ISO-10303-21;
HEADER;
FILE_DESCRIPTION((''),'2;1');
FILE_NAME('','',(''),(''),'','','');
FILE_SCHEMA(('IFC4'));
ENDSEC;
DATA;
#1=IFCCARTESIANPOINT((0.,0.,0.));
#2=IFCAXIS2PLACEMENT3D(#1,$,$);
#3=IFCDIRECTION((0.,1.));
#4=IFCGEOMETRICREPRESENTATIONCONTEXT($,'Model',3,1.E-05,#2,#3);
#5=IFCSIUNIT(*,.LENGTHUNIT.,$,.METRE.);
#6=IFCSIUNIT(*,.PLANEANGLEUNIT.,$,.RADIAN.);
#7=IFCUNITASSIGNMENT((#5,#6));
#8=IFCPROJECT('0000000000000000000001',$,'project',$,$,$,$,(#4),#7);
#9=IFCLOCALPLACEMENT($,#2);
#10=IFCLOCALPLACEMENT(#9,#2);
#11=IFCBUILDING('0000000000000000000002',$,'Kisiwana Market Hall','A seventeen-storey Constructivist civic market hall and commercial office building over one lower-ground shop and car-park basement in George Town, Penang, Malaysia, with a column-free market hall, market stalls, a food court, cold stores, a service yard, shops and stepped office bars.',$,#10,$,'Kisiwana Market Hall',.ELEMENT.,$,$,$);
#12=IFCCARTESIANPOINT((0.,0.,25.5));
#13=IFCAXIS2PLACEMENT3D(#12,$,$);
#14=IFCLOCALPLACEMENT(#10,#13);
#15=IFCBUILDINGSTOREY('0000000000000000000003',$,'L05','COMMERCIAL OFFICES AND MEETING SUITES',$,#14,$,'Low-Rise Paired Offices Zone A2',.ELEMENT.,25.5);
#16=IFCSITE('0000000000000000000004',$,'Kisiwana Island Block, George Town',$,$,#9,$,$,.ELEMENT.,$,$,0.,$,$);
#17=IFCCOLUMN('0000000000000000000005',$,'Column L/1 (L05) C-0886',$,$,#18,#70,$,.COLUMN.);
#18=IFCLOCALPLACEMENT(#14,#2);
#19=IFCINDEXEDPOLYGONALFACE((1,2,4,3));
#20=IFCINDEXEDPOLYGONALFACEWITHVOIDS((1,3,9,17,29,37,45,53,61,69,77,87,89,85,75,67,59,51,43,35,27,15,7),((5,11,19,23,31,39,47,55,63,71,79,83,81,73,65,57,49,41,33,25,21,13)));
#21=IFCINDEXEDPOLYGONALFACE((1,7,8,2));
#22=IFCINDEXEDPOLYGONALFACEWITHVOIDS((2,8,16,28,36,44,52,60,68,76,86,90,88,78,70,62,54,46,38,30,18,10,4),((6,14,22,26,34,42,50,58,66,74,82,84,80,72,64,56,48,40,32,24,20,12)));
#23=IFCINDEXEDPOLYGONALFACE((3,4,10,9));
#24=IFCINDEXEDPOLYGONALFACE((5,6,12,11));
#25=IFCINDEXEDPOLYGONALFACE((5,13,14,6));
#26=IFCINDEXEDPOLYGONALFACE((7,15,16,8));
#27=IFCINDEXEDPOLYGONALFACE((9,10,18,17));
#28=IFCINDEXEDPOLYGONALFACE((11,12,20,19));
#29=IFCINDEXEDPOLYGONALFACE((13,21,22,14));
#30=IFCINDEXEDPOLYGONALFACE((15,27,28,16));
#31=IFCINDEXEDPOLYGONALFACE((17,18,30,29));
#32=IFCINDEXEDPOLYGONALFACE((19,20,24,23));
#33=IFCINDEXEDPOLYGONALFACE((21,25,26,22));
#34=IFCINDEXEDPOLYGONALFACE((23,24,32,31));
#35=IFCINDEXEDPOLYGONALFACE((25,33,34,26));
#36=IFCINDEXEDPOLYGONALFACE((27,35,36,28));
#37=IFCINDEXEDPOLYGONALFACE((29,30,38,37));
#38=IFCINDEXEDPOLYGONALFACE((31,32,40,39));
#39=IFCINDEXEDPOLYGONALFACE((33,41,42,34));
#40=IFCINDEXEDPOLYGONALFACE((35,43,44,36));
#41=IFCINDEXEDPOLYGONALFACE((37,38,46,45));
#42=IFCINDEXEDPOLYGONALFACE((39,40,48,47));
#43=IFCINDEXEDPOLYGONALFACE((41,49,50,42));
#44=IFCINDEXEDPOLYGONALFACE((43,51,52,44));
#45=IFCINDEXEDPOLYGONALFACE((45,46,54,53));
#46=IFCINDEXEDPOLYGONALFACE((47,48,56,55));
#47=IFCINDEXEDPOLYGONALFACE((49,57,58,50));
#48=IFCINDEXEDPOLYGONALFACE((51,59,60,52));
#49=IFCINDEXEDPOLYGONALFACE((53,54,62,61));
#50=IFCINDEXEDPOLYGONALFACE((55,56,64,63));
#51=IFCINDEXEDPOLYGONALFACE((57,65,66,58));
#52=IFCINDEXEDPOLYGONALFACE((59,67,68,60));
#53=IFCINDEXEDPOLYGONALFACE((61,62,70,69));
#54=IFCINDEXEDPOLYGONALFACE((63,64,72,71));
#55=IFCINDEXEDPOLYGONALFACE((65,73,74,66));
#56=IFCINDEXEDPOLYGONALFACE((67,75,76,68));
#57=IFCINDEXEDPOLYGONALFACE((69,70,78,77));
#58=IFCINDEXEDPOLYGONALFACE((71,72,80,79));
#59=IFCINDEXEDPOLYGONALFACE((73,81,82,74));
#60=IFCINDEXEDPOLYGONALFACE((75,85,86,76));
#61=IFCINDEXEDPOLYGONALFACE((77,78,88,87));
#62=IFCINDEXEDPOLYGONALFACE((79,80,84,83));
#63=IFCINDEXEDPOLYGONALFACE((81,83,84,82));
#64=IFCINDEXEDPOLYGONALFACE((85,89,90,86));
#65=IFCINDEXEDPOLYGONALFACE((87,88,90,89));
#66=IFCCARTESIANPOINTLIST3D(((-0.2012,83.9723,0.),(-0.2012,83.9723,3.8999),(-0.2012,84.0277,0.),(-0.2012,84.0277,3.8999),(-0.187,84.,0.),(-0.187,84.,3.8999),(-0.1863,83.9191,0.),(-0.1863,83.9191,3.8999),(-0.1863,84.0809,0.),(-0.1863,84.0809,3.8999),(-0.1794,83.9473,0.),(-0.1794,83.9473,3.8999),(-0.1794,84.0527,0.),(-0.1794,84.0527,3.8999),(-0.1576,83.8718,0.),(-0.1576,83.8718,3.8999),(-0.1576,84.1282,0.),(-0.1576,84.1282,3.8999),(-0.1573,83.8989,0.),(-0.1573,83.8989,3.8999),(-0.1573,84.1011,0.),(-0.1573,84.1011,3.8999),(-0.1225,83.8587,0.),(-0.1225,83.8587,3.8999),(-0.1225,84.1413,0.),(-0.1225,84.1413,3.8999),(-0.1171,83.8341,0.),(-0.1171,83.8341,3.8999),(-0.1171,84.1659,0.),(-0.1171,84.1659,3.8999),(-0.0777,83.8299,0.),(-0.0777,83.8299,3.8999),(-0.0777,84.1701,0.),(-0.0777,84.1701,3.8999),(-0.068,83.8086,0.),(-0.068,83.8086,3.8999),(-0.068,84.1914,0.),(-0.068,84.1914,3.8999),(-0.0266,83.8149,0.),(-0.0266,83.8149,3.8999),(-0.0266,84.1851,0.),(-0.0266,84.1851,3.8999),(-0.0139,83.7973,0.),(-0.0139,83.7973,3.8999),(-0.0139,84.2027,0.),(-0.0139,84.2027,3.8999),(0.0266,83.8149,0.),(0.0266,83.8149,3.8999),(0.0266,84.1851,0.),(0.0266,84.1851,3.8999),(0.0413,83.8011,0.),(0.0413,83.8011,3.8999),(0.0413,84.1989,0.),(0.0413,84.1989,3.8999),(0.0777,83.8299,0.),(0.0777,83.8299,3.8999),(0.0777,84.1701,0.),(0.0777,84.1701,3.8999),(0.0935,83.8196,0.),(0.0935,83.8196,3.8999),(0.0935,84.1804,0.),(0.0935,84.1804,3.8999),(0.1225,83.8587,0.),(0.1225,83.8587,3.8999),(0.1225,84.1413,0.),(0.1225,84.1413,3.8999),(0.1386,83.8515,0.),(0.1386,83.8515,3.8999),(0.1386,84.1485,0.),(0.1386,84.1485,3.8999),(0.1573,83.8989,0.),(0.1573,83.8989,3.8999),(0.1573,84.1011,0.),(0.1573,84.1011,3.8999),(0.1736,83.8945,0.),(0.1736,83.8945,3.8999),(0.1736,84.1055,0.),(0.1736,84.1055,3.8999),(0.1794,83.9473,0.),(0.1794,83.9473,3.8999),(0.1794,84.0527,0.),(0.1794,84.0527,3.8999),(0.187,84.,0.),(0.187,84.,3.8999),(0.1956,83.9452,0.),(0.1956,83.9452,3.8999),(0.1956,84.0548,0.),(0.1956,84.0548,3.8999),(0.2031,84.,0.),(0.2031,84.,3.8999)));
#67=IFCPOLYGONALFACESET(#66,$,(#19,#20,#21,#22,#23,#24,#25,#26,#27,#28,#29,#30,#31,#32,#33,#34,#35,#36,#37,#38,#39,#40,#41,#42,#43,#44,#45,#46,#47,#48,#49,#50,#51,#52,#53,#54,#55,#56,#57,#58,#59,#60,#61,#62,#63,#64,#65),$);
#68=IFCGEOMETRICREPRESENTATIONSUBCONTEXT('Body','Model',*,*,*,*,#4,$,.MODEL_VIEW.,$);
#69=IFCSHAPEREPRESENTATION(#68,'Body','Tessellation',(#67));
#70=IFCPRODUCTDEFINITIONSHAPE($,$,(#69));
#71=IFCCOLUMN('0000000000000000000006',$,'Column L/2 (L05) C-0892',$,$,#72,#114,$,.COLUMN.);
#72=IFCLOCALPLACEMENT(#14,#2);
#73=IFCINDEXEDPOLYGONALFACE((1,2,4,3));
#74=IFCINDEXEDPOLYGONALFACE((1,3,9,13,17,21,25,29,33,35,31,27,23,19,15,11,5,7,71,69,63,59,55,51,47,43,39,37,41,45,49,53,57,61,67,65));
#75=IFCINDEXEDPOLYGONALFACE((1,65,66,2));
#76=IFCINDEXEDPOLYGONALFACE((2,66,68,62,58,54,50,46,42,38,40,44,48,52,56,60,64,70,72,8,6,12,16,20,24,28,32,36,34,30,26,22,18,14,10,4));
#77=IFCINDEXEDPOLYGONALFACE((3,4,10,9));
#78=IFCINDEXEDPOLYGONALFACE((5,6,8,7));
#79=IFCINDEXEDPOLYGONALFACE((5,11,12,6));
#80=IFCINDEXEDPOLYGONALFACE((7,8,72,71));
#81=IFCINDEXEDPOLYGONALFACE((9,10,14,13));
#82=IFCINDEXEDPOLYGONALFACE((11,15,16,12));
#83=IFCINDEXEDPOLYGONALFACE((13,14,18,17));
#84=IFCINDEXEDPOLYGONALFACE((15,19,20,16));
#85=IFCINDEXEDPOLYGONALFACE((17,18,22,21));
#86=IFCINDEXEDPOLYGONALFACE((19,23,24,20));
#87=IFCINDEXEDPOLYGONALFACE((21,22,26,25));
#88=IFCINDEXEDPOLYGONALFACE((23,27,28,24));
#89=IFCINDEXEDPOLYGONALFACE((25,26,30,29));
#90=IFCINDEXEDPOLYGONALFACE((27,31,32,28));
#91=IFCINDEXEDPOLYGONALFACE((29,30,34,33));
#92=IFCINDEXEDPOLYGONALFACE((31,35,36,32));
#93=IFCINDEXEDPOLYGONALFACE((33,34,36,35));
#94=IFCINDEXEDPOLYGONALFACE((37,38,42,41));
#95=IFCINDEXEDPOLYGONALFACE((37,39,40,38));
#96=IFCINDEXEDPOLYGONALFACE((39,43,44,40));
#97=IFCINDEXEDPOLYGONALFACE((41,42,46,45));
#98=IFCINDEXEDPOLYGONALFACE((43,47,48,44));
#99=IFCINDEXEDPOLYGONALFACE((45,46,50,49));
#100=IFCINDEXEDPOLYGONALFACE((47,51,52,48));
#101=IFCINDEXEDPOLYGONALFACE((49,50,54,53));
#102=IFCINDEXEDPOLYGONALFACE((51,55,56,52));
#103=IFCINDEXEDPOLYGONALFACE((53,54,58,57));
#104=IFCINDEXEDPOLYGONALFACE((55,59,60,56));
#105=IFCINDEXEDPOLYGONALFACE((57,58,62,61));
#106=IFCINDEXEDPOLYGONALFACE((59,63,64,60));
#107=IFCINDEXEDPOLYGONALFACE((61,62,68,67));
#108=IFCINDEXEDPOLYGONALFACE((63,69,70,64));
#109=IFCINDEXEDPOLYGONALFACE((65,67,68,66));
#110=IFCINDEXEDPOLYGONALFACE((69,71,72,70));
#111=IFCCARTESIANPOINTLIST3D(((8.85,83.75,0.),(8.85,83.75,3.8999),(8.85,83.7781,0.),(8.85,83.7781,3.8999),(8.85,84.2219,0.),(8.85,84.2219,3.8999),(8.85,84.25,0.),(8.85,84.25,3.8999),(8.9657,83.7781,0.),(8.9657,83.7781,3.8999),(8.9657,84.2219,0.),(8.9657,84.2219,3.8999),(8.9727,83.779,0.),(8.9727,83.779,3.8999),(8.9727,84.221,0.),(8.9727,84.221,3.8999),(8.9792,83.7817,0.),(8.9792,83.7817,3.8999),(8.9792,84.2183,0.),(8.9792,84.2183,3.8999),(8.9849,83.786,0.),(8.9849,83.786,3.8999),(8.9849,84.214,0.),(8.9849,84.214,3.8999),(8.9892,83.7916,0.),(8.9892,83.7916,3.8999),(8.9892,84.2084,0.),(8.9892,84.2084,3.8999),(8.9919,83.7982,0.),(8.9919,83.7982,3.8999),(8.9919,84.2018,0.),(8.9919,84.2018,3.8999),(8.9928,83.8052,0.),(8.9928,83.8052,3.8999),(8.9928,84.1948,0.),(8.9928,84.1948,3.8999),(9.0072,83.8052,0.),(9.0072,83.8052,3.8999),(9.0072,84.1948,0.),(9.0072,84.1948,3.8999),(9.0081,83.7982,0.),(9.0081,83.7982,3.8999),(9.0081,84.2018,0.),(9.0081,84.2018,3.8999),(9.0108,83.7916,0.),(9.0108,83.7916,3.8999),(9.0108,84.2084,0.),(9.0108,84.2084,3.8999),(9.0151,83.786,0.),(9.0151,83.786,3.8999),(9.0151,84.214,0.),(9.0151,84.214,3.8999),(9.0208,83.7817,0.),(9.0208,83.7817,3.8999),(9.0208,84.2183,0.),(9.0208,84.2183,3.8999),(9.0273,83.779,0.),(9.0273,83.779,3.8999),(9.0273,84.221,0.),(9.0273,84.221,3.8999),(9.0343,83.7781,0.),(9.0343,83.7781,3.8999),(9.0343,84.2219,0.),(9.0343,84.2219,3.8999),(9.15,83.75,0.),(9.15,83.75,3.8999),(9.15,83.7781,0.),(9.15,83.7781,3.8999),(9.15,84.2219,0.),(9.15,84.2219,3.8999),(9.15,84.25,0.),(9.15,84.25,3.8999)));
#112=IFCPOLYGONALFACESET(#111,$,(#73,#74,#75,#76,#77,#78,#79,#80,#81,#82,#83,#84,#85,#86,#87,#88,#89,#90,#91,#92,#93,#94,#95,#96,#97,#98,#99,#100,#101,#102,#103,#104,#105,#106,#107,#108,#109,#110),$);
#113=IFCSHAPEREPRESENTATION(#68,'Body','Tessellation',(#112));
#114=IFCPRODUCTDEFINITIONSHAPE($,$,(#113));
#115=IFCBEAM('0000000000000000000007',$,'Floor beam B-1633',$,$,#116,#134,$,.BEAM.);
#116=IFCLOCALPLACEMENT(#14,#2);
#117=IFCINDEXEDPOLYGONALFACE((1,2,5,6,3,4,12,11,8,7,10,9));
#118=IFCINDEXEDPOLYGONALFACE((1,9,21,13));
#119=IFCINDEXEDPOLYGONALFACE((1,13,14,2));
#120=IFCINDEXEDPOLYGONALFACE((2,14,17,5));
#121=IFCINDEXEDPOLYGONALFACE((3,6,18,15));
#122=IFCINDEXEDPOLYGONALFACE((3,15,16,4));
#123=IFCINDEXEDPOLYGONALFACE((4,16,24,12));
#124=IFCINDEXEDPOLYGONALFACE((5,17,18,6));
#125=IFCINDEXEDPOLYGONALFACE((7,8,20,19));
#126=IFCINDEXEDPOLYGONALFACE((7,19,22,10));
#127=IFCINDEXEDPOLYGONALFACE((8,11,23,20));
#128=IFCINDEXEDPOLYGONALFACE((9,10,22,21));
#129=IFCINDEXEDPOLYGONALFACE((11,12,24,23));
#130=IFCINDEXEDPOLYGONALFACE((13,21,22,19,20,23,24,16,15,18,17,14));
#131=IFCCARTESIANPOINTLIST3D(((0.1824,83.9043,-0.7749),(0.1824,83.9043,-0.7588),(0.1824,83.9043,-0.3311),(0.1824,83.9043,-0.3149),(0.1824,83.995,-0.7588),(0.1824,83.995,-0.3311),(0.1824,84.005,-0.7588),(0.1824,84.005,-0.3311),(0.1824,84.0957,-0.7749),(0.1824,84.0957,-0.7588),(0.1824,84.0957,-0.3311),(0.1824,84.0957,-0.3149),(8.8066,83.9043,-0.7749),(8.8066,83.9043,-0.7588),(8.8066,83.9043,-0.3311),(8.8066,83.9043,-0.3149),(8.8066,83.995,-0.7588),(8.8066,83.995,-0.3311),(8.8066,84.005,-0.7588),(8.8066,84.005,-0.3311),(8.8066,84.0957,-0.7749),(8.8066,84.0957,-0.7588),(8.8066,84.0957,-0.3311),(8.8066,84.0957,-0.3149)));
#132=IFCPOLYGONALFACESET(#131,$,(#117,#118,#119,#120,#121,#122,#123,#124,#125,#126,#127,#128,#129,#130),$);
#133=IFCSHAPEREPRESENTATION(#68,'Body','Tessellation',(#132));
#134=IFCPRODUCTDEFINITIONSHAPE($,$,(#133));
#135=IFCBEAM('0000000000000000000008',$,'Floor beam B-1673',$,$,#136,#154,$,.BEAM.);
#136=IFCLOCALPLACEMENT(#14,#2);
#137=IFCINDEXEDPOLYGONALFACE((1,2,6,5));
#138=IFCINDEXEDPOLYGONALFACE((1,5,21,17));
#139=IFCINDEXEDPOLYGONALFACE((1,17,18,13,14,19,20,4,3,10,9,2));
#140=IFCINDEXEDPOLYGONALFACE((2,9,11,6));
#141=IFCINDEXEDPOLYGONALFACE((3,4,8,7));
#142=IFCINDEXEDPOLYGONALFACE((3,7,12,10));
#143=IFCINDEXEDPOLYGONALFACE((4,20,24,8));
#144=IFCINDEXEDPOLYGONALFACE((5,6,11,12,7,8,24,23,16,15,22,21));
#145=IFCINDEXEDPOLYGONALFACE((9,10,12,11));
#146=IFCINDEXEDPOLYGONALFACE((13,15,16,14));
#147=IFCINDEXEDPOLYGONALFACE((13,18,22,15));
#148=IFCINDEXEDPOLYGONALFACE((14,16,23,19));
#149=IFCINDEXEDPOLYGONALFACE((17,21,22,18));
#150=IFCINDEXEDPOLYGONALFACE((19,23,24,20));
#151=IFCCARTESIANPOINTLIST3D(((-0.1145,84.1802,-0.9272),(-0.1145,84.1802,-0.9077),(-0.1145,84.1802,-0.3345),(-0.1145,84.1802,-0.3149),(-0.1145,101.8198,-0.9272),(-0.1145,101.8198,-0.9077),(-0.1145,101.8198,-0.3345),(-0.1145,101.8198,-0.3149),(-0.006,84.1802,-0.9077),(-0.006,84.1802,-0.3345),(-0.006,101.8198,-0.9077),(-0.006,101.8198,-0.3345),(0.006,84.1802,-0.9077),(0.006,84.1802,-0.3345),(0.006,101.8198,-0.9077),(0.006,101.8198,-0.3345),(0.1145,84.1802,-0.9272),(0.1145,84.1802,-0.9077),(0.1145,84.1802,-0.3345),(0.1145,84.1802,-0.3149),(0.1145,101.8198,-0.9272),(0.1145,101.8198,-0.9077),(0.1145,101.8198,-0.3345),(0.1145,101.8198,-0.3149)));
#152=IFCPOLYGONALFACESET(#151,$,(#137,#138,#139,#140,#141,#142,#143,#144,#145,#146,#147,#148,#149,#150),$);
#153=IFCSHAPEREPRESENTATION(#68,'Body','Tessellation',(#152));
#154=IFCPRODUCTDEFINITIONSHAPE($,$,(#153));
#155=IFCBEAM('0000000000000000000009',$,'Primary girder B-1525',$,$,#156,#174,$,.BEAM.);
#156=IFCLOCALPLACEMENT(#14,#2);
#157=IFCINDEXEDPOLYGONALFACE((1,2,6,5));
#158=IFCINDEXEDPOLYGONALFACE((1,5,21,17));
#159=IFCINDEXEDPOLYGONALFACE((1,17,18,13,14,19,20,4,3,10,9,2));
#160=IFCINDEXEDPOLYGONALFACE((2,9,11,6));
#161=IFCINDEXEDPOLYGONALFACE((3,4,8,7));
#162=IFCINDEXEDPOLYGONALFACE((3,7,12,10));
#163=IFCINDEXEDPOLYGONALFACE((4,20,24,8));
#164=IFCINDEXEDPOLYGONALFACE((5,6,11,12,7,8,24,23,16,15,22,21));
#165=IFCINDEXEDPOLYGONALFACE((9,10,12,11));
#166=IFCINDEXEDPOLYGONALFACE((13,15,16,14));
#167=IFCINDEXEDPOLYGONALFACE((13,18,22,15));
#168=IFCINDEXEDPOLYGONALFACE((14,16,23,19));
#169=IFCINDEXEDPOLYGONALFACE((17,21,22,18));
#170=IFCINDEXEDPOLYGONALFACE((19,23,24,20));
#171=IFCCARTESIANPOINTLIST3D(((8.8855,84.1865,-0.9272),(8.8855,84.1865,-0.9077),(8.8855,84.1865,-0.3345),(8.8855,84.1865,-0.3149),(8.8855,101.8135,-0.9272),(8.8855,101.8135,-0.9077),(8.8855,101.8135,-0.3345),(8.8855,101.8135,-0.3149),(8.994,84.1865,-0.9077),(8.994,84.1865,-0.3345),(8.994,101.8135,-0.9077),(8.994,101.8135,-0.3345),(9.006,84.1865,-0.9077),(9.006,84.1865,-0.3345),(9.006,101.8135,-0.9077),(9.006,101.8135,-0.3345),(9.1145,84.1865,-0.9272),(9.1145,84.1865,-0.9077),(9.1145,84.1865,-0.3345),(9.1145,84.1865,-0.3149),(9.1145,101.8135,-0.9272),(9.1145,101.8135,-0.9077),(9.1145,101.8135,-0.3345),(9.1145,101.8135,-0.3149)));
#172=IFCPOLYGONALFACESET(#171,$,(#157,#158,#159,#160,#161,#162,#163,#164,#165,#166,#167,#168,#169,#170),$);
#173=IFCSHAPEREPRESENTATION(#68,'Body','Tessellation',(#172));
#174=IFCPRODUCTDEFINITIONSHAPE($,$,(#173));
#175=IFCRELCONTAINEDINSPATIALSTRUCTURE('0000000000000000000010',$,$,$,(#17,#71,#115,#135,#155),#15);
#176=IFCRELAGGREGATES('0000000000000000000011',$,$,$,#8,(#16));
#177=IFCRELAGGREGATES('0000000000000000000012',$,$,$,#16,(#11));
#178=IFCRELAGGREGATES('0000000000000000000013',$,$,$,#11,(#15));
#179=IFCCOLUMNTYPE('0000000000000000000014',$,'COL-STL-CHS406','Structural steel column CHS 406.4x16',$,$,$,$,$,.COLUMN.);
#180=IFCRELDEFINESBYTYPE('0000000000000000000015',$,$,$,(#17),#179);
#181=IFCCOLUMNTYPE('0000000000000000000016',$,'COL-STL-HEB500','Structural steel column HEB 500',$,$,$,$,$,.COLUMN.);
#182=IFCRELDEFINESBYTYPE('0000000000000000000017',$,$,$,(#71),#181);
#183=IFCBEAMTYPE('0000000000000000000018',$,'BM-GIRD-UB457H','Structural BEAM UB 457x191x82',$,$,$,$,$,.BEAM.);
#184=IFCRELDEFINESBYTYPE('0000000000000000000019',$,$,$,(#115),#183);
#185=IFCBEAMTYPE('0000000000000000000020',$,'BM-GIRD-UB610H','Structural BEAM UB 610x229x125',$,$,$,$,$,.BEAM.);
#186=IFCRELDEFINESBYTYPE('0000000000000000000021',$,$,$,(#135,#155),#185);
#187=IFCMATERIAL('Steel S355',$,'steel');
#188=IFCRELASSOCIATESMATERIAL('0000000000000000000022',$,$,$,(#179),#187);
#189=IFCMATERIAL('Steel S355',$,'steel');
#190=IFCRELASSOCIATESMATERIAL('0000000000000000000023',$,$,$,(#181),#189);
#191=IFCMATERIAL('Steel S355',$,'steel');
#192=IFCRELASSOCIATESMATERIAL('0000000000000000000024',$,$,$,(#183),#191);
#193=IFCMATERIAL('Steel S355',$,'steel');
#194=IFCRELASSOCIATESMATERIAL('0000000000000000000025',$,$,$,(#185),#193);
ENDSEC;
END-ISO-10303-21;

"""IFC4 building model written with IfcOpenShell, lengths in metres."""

from ifc_helpers import new_model, si_unit, direction, frame, origin, origin_2d, place, context, subcontext, project, spatial, hollow_circle, i_section, extrude, material, material_profile, profile_set, type_object, element, save


model = new_model("IFC4")

# Units and contexts
model_context = context("Model", 3, precision=1e-05, world=origin(), true_north=direction((0.0, 1.0)))
body_context = subcontext(model_context, "Body", "Model", "MODEL_VIEW")
ifc_project = project(units=[si_unit("LENGTHUNIT", "METRE"), si_unit("PLANEANGLEUNIT", "RADIAN")], contexts=[model_context])

# Site, building, storey
site_placement = place(None, origin())
site = spatial("IfcSite", under=ifc_project, at=site_placement, Name="Kisiwana Island Block, George Town", CompositionType="ELEMENT", RefElevation=0.0)
building_placement = place(site_placement, origin())
building = spatial("IfcBuilding", under=site, at=building_placement, Name="Kisiwana Market Hall", Description="A seventeen-storey Constructivist civic market hall and commercial office building over one lower-ground shop and car-park basement in George Town, Penang, Malaysia, with a column-free market hall, market stalls, a food court, cold stores, a service yard, shops and stepped office bars.", LongName="Kisiwana Market Hall", CompositionType="ELEMENT")
storey_placement = place(building_placement, frame((0.0, 0.0, 25.5)))
storey = spatial("IfcBuildingStorey", under=building, at=storey_placement, Name="L05", Description="COMMERCIAL OFFICES AND MEETING SUITES", LongName="Low-Rise Paired Offices Zone A2", CompositionType="ELEMENT", Elevation=25.5)

# Columns
ifc_material_1 = material(Name="Steel S355", Category="steel")
ifc_material_profile_1 = material_profile(ifc_material_1, hollow_circle(Radius=0.2031, WallThickness=0.0161, at=origin_2d()), Name="CHS 406.4x16")
ifc_profile_set_1 = profile_set([ifc_material_profile_1], Name="Steel S355")
column_type_1 = type_object("IfcColumnType", Name="COL-STL-CHS406", Description="Structural steel column CHS 406.4x16", PredefinedType="COLUMN", material=ifc_profile_set_1)
column_1_placement = place(storey_placement, frame((0.0, 84.0, 0.0), z_axis=(0.0, 0.0, 1.0), x_axis=(1.0, 0.0, 0.0)))
element("IfcColumn", 1, at=column_1_placement, inside=storey, type_object=column_type_1, Name="Column L/1 (L05) C-0886", PredefinedType="COLUMN", context=body_context, shape_type="SweptSolid", body=[
    extrude(hollow_circle(Radius=0.2031, WallThickness=0.0161, at=origin_2d()), origin(), (0.0, 0.0, 1.0), 3.8999),
])
ifc_material_2 = material(Name="Steel S355", Category="steel")
ifc_material_profile_2 = material_profile(ifc_material_2, i_section(OverallWidth=0.3, OverallDepth=0.5, WebThickness=0.0144, FlangeThickness=0.0281, FilletRadius=0.0271, at=origin_2d()), Name="HEB 500")
ifc_profile_set_2 = profile_set([ifc_material_profile_2], Name="Steel S355")
column_type_2 = type_object("IfcColumnType", Name="COL-STL-HEB500", Description="Structural steel column HEB 500", PredefinedType="COLUMN", material=ifc_profile_set_2)
column_2_placement = place(storey_placement, frame((9.0, 84.0, 0.0), z_axis=(0.0, 0.0, 1.0), x_axis=(1.0, 0.0, 0.0)))
element("IfcColumn", 2, at=column_2_placement, inside=storey, type_object=column_type_2, Name="Column L/2 (L05) C-0892", PredefinedType="COLUMN", context=body_context, shape_type="SweptSolid", body=[
    extrude(i_section(OverallWidth=0.3, OverallDepth=0.5, WebThickness=0.0144, FlangeThickness=0.0281, FilletRadius=0.0271, at=origin_2d()), origin(), (0.0, 0.0, 1.0), 3.8999),
])

# Beams
ifc_material_3 = material(Name="Steel S355", Category="steel")
ifc_material_profile_3 = material_profile(ifc_material_3, i_section(OverallWidth=0.1914, OverallDepth=0.46, WebThickness=0.01, FlangeThickness=0.0161, at=origin_2d()), Name="UB 457x191x82")
ifc_profile_set_3 = profile_set([ifc_material_profile_3], Name="Steel S355")
beam_type_1 = type_object("IfcBeamType", Name="BM-GIRD-UB457H", Description="Structural BEAM UB 457x191x82", PredefinedType="BEAM", material=ifc_profile_set_3)
beam_1_placement = place(storey_placement, frame((0.1824, 84.0, -0.5449), z_axis=(1.0, 0.0, 0.0), x_axis=(0.0, 1.0, 0.0)))
element("IfcBeam", 3, at=beam_1_placement, inside=storey, type_object=beam_type_1, Name="Floor beam B-1633", PredefinedType="BEAM", context=body_context, shape_type="SweptSolid", body=[
    extrude(i_section(OverallWidth=0.1914, OverallDepth=0.46, WebThickness=0.01, FlangeThickness=0.0161, at=origin_2d()), origin(), (0.0, 0.0, 1.0), 8.6243),
])
ifc_material_4 = material(Name="Steel S355", Category="steel")
ifc_material_profile_4 = material_profile(ifc_material_4, i_section(OverallWidth=0.229, OverallDepth=0.6123, WebThickness=0.012, FlangeThickness=0.0195, at=origin_2d()), Name="UB 610x229x125")
ifc_profile_set_4 = profile_set([ifc_material_profile_4], Name="Steel S355")
beam_type_2 = type_object("IfcBeamType", Name="BM-GIRD-UB610H", Description="Structural BEAM UB 610x229x125", PredefinedType="BEAM", material=ifc_profile_set_4)
beam_2_placement = place(storey_placement, frame((0.0, 84.1802, -0.6211), z_axis=(0.0, 1.0, 0.0), x_axis=(-1.0, 0.0, 0.0)))
element("IfcBeam", 4, at=beam_2_placement, inside=storey, type_object=beam_type_2, Name="Floor beam B-1673", PredefinedType="BEAM", context=body_context, shape_type="SweptSolid", body=[
    extrude(i_section(OverallWidth=0.229, OverallDepth=0.6123, WebThickness=0.012, FlangeThickness=0.0195, at=origin_2d()), origin(), (0.0, 0.0, 1.0), 17.6396),
])
beam_3_placement = place(storey_placement, frame((9.0, 84.1865, -0.6211), z_axis=(0.0, 1.0, 0.0), x_axis=(-1.0, 0.0, 0.0)))
element("IfcBeam", 5, at=beam_3_placement, inside=storey, type_object=beam_type_2, Name="Primary girder B-1525", PredefinedType="BEAM", context=body_context, shape_type="SweptSolid", body=[
    extrude(i_section(OverallWidth=0.229, OverallDepth=0.6123, WebThickness=0.012, FlangeThickness=0.0195, at=origin_2d()), origin(), (0.0, 0.0, 1.0), 17.627),
])

save(model, "model.ifc")
